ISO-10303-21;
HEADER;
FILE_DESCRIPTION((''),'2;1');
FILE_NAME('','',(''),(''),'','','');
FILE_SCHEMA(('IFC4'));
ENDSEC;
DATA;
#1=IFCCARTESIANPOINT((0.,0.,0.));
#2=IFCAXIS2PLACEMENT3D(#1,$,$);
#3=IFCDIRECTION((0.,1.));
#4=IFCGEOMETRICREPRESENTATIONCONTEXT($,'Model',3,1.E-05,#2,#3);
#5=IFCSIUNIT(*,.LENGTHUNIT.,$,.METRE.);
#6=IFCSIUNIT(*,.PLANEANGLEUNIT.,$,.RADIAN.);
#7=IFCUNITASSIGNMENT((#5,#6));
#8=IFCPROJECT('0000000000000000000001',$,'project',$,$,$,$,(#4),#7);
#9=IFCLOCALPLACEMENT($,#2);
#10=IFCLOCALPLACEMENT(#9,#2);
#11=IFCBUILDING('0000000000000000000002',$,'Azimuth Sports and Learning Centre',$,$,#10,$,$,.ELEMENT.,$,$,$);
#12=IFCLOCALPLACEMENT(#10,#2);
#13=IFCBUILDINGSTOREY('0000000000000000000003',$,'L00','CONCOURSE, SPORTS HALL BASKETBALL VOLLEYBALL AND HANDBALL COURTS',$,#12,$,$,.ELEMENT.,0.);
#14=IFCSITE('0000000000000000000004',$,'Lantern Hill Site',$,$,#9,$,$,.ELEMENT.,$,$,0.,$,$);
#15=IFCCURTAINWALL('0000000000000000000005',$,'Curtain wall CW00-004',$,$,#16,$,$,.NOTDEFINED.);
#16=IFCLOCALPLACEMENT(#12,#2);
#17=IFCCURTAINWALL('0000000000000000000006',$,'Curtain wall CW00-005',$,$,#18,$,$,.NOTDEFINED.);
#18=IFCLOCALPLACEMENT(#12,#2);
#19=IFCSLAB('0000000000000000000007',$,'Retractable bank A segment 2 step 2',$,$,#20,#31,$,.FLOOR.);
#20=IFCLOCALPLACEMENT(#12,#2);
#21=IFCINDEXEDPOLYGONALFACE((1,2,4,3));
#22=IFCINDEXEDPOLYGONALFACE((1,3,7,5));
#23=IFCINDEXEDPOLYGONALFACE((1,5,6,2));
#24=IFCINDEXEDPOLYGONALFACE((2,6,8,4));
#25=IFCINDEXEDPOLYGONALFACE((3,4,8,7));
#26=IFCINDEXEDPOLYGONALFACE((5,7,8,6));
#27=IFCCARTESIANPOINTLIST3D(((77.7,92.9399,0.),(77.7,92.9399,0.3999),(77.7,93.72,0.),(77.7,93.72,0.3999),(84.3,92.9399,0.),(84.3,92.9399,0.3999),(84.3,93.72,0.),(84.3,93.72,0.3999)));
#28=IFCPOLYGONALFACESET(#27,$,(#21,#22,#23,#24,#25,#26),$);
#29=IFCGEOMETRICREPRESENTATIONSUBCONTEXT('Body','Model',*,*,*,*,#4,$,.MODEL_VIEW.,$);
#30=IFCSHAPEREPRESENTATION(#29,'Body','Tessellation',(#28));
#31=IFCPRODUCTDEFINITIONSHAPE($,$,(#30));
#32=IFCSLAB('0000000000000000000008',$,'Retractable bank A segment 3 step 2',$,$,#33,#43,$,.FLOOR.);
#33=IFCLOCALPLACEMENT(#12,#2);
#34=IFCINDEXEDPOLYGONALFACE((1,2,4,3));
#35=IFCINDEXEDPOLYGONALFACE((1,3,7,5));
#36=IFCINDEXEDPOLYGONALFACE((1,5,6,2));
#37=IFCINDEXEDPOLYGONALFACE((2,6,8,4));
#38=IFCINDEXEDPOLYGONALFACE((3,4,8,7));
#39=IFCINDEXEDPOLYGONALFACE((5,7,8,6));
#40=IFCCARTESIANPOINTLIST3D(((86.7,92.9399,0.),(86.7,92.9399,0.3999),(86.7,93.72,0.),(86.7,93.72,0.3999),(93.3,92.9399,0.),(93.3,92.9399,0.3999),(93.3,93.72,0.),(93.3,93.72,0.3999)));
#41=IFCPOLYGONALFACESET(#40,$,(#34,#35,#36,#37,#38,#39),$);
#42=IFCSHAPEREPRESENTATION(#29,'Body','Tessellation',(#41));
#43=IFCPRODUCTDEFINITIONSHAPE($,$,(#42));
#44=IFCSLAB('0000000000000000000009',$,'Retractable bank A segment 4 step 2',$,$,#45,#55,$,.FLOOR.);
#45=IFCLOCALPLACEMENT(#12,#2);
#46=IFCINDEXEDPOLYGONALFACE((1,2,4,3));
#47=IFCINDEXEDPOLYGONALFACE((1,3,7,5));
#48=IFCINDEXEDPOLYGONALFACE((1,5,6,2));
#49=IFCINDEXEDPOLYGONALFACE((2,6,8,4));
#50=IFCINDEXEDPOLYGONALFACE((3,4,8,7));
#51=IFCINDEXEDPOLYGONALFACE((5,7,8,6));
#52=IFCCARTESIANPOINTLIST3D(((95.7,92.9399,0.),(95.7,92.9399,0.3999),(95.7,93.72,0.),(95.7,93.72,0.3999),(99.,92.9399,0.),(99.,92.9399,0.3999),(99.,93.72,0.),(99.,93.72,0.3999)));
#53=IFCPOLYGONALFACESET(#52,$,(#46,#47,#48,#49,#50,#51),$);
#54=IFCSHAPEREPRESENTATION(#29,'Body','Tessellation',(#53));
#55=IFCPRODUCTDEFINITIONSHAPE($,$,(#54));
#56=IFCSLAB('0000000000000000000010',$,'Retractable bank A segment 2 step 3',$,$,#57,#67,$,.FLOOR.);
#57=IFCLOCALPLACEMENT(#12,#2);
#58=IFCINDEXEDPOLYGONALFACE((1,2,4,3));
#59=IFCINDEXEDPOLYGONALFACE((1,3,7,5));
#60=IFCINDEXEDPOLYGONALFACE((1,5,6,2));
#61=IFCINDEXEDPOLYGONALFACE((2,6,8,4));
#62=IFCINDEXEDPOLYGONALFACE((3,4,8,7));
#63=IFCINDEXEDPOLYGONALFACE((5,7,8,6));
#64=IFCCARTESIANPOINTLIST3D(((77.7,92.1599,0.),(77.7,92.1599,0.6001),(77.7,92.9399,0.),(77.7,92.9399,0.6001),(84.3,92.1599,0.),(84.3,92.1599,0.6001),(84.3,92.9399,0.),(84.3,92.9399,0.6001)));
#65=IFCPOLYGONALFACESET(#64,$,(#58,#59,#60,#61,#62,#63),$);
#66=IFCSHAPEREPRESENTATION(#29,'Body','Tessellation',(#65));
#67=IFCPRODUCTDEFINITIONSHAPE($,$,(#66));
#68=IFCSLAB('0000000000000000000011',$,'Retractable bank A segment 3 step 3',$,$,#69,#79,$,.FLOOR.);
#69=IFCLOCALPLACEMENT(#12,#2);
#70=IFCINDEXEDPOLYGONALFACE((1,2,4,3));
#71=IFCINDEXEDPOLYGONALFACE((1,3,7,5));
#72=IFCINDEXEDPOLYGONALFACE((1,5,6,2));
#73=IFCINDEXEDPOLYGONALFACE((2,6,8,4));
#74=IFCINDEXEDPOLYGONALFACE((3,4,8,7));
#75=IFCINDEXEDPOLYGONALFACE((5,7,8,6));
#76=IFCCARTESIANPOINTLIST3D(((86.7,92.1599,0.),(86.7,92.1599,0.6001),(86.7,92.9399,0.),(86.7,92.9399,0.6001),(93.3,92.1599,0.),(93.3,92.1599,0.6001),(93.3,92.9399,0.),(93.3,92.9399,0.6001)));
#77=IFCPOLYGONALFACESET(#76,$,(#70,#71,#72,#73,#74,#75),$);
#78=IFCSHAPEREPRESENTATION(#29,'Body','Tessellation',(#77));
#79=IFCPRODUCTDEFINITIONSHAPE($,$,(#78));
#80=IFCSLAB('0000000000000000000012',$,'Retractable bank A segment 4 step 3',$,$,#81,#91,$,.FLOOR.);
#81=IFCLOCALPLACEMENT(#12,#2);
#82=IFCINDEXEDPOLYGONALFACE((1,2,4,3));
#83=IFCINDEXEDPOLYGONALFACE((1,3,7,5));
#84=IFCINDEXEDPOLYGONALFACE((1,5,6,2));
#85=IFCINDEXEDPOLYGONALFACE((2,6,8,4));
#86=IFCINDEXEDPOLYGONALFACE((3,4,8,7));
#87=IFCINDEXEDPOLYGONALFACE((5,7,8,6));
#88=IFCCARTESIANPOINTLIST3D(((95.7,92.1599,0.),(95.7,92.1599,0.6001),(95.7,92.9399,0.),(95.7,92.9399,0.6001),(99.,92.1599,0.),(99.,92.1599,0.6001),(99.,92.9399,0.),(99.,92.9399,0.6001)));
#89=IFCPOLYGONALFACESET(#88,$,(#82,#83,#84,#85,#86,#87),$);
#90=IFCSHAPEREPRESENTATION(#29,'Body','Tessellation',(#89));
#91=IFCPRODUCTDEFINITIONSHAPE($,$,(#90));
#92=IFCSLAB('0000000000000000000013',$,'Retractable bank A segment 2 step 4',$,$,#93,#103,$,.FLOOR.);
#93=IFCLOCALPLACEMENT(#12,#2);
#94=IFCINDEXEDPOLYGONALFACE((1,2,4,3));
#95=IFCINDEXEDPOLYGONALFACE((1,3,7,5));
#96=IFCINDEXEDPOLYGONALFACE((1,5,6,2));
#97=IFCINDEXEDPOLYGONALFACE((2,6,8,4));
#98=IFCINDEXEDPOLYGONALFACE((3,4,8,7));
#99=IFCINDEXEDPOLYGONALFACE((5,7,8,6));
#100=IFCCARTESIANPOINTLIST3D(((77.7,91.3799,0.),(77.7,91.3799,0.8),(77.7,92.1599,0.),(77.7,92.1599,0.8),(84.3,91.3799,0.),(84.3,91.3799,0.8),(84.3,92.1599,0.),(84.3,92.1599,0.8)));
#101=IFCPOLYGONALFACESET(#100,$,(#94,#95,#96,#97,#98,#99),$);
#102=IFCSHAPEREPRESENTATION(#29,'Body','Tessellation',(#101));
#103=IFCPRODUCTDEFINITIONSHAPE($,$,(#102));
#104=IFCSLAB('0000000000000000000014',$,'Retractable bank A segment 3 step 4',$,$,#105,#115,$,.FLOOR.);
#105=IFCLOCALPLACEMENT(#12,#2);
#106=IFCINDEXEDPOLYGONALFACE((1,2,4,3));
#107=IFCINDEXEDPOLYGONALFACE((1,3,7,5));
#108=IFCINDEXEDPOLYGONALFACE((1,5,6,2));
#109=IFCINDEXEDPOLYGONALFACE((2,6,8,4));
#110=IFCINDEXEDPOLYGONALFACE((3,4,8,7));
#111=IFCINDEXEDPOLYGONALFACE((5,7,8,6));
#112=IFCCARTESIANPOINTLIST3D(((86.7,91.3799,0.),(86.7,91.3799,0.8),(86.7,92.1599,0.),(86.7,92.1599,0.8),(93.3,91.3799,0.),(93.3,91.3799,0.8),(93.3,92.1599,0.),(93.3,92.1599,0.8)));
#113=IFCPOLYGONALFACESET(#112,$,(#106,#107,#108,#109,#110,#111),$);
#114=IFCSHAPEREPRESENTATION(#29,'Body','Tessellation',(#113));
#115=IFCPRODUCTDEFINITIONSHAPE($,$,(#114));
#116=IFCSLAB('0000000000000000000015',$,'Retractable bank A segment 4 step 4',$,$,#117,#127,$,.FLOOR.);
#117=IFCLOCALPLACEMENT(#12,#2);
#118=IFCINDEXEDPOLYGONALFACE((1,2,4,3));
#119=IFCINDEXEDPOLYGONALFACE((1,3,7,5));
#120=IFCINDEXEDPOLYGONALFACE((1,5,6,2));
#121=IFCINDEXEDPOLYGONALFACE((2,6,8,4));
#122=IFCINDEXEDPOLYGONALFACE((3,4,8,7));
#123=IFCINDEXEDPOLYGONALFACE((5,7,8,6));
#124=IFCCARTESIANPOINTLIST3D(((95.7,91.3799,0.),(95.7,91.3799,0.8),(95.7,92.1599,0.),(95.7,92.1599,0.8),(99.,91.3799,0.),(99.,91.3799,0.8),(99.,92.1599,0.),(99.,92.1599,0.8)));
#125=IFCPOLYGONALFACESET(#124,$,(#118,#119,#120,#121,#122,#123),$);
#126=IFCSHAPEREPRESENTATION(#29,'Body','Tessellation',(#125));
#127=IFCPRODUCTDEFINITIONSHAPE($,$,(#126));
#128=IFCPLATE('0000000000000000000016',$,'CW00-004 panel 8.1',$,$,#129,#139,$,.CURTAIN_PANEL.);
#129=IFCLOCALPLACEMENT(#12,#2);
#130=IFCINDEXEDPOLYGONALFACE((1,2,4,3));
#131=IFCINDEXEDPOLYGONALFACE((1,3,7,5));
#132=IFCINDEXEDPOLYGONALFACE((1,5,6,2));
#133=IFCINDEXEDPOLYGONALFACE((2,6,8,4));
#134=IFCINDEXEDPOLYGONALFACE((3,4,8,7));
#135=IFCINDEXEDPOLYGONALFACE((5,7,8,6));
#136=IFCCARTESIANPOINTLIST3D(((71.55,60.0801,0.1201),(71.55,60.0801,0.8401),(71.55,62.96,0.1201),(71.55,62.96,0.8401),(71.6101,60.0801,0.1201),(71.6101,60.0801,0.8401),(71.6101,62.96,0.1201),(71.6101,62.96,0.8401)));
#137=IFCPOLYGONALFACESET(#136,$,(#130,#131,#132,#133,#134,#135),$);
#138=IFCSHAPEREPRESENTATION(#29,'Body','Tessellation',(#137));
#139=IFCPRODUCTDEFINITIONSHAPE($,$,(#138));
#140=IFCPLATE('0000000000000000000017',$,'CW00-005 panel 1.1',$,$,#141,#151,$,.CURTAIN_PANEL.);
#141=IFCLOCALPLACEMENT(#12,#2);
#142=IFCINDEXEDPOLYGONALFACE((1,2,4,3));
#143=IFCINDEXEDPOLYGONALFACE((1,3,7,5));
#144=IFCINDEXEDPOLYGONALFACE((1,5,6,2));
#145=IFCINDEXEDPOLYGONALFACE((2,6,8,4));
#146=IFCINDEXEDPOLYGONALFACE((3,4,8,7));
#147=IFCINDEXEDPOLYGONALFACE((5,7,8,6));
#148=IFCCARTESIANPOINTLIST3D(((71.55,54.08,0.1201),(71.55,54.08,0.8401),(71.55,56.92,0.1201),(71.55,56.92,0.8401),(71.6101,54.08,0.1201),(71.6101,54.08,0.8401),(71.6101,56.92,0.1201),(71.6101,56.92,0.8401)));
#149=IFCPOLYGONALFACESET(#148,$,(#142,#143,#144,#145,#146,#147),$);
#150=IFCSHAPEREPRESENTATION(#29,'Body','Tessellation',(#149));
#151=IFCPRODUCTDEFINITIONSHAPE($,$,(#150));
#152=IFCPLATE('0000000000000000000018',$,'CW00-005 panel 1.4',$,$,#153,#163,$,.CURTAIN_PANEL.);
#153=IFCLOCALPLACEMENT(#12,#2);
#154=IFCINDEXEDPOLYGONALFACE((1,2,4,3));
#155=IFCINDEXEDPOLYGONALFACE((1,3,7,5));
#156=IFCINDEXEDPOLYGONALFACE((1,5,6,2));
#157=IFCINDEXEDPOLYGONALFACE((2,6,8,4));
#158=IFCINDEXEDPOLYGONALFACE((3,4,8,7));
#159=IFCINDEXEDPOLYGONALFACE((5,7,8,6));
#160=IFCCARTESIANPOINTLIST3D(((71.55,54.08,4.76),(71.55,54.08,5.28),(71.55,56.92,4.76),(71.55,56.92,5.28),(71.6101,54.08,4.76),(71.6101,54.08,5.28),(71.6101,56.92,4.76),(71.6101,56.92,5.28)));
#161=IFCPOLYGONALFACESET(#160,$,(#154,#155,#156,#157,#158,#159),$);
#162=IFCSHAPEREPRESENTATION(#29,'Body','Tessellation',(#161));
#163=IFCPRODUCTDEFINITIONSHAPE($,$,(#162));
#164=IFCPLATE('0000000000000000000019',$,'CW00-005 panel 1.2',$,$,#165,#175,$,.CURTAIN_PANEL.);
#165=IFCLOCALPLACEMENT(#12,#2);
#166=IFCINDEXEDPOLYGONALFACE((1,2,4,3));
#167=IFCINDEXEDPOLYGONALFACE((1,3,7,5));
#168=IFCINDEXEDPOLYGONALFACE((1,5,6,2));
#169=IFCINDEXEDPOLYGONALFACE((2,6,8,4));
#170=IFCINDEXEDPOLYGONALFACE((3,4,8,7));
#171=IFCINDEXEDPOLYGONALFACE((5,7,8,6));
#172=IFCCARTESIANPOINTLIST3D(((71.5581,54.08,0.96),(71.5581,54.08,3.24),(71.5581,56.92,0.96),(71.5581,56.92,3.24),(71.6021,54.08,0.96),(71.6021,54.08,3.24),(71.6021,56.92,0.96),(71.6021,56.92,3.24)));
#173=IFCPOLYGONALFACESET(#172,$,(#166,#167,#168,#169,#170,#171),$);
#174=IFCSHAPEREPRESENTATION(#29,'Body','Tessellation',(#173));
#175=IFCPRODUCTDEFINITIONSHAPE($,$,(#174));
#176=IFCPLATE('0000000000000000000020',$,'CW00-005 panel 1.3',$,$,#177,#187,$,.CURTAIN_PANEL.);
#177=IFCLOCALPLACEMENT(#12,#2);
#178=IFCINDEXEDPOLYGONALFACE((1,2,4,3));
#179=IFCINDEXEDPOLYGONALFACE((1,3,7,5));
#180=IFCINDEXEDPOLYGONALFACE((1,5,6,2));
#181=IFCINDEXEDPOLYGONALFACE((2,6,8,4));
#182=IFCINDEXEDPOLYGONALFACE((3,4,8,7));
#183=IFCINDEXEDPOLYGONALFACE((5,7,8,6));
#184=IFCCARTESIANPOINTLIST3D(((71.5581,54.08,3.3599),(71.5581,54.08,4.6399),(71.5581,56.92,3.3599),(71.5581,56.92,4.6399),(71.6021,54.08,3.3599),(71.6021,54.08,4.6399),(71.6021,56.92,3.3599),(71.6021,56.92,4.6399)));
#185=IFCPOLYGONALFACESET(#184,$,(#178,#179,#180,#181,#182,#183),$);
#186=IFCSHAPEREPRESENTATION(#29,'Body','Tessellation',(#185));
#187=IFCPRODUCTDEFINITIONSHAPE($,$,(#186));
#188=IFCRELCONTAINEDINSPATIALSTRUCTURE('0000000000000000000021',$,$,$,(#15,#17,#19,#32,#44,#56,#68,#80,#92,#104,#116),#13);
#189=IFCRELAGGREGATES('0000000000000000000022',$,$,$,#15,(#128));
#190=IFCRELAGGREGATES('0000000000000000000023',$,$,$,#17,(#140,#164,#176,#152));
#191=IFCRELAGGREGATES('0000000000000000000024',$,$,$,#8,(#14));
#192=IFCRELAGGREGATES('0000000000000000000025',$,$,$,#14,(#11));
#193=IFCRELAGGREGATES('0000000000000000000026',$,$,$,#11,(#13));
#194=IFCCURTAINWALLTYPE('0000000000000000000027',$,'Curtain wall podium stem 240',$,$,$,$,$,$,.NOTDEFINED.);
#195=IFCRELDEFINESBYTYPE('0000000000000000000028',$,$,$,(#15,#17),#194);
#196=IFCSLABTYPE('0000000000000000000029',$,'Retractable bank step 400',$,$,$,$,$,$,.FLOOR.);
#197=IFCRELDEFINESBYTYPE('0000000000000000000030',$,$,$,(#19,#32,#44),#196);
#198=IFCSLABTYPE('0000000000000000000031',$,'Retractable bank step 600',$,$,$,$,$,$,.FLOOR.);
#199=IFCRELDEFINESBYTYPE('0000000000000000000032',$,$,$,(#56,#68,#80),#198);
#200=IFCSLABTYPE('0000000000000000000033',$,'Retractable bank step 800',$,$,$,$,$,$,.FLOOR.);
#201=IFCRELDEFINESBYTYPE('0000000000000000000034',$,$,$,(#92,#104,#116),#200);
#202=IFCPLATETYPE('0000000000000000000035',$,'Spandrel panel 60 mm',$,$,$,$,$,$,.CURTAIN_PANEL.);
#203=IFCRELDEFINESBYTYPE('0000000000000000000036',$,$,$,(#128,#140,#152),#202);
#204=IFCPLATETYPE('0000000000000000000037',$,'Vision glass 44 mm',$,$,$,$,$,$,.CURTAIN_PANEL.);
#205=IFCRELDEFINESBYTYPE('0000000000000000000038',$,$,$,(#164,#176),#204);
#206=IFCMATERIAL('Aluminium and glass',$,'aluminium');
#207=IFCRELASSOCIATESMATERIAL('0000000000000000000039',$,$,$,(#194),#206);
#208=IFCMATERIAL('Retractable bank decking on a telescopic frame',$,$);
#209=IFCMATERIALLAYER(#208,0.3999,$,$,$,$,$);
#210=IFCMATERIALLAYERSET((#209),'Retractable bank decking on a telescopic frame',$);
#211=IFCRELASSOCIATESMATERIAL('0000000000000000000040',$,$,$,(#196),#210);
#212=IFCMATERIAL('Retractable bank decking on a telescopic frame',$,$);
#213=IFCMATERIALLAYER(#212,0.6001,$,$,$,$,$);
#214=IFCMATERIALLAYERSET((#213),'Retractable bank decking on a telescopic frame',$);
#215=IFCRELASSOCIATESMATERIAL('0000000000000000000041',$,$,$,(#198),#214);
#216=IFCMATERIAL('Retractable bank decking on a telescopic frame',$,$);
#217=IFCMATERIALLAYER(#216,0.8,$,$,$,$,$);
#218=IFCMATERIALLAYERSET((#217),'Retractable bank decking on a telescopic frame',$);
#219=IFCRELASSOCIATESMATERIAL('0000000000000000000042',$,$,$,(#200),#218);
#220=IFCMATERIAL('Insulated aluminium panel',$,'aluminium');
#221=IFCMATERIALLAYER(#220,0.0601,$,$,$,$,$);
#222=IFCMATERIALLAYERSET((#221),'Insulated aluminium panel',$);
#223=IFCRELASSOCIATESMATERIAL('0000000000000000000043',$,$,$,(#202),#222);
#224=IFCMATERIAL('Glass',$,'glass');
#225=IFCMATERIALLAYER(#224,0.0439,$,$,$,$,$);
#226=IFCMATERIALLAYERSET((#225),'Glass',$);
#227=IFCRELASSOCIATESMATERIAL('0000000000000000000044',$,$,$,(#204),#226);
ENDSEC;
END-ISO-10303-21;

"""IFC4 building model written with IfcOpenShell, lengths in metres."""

from ifc_helpers import new_model, si_unit, direction, frame, origin, origin_2d, place, context, subcontext, project, spatial, polyline, rectangle, outline, extrude, material, layer, layer_set, type_object, element, aggregate, save


model = new_model("IFC4")

# Units and contexts
model_context = context("Model", 3, precision=1e-05, world=origin(), true_north=direction((0.0, 1.0)))
body_context = subcontext(model_context, "Body", "Model", "MODEL_VIEW")
ifc_project = project(units=[si_unit("LENGTHUNIT", "METRE"), si_unit("PLANEANGLEUNIT", "RADIAN")], contexts=[model_context])

# Site, building, storey
site_placement = place(None, origin())
site = spatial("IfcSite", under=ifc_project, at=site_placement, Name="Lantern Hill Site", CompositionType="ELEMENT", RefElevation=0.0)
building_placement = place(site_placement, origin())
building = spatial("IfcBuilding", under=site, at=building_placement, Name="Azimuth Sports and Learning Centre", CompositionType="ELEMENT")
storey_placement = place(building_placement, origin())
storey = spatial("IfcBuildingStorey", under=building, at=storey_placement, Name="L00", Description="CONCOURSE, SPORTS HALL BASKETBALL VOLLEYBALL AND HANDBALL COURTS", CompositionType="ELEMENT", Elevation=0.0)

# Curtain wall
ifc_material_1 = material(Name="Aluminium and glass", Category="aluminium")
curtain_wall_type = type_object("IfcCurtainWallType", Name="Curtain wall podium stem 240", PredefinedType="NOTDEFINED", material=ifc_material_1)
curtain_wall_1_placement = place(storey_placement, origin())
curtain_wall_1 = element("IfcCurtainWall", 1, at=curtain_wall_1_placement, inside=storey, type_object=curtain_wall_type, Name="Curtain wall CW00-004", PredefinedType="NOTDEFINED")

# Curtain wall
curtain_wall_2_placement = place(storey_placement, origin())
curtain_wall_2 = element("IfcCurtainWall", 2, at=curtain_wall_2_placement, inside=storey, type_object=curtain_wall_type, Name="Curtain wall CW00-005", PredefinedType="NOTDEFINED")

# Slabs
ifc_material_2 = material(Name="Retractable bank decking on a telescopic frame")
ifc_layer_1 = layer(ifc_material_2, 0.3999)
ifc_layer_set_1 = layer_set([ifc_layer_1], Name="Retractable bank decking on a telescopic frame")
slab_type_1 = type_object("IfcSlabType", Name="Retractable bank step 400", PredefinedType="FLOOR", material=ifc_layer_set_1)
slab_1_placement = place(storey_placement, origin())
element("IfcSlab", 3, at=slab_1_placement, inside=storey, type_object=slab_type_1, Name="Retractable bank A segment 2 step 2", PredefinedType="FLOOR", context=body_context, shape_type="SweptSolid", body=[
    extrude(outline(polyline([(77.7, 92.9399), (84.3, 92.9399), (84.3, 93.72), (77.7, 93.72), (77.7, 92.9399)])), origin(), (0.0, 0.0, 1.0), 0.3999),
])
slab_2_placement = place(storey_placement, origin())
element("IfcSlab", 4, at=slab_2_placement, inside=storey, type_object=slab_type_1, Name="Retractable bank A segment 3 step 2", PredefinedType="FLOOR", context=body_context, shape_type="SweptSolid", body=[
    extrude(outline(polyline([(86.7, 92.9399), (93.3, 92.9399), (93.3, 93.72), (86.7, 93.72), (86.7, 92.9399)])), origin(), (0.0, 0.0, 1.0), 0.3999),
])
slab_3_placement = place(storey_placement, origin())
element("IfcSlab", 5, at=slab_3_placement, inside=storey, type_object=slab_type_1, Name="Retractable bank A segment 4 step 2", PredefinedType="FLOOR", context=body_context, shape_type="SweptSolid", body=[
    extrude(outline(polyline([(95.7, 92.9399), (99.0, 92.9399), (99.0, 93.72), (95.7, 93.72), (95.7, 92.9399)])), origin(), (0.0, 0.0, 1.0), 0.3999),
])
ifc_material_3 = material(Name="Retractable bank decking on a telescopic frame")
ifc_layer_2 = layer(ifc_material_3, 0.6001)
ifc_layer_set_2 = layer_set([ifc_layer_2], Name="Retractable bank decking on a telescopic frame")
slab_type_2 = type_object("IfcSlabType", Name="Retractable bank step 600", PredefinedType="FLOOR", material=ifc_layer_set_2)
slab_4_placement = place(storey_placement, origin())
element("IfcSlab", 6, at=slab_4_placement, inside=storey, type_object=slab_type_2, Name="Retractable bank A segment 2 step 3", PredefinedType="FLOOR", context=body_context, shape_type="SweptSolid", body=[
    extrude(outline(polyline([(77.7, 92.1599), (84.3, 92.1599), (84.3, 92.9399), (77.7, 92.9399), (77.7, 92.1599)])), origin(), (0.0, 0.0, 1.0), 0.6001),
])
slab_5_placement = place(storey_placement, origin())
element("IfcSlab", 7, at=slab_5_placement, inside=storey, type_object=slab_type_2, Name="Retractable bank A segment 3 step 3", PredefinedType="FLOOR", context=body_context, shape_type="SweptSolid", body=[
    extrude(outline(polyline([(86.7, 92.1599), (93.3, 92.1599), (93.3, 92.9399), (86.7, 92.9399), (86.7, 92.1599)])), origin(), (0.0, 0.0, 1.0), 0.6001),
])
slab_6_placement = place(storey_placement, origin())
element("IfcSlab", 8, at=slab_6_placement, inside=storey, type_object=slab_type_2, Name="Retractable bank A segment 4 step 3", PredefinedType="FLOOR", context=body_context, shape_type="SweptSolid", body=[
    extrude(outline(polyline([(95.7, 92.1599), (99.0, 92.1599), (99.0, 92.9399), (95.7, 92.9399), (95.7, 92.1599)])), origin(), (0.0, 0.0, 1.0), 0.6001),
])
ifc_material_4 = material(Name="Retractable bank decking on a telescopic frame")
ifc_layer_3 = layer(ifc_material_4, 0.8)
ifc_layer_set_3 = layer_set([ifc_layer_3], Name="Retractable bank decking on a telescopic frame")
slab_type_3 = type_object("IfcSlabType", Name="Retractable bank step 800", PredefinedType="FLOOR", material=ifc_layer_set_3)
slab_7_placement = place(storey_placement, origin())
element("IfcSlab", 9, at=slab_7_placement, inside=storey, type_object=slab_type_3, Name="Retractable bank A segment 2 step 4", PredefinedType="FLOOR", context=body_context, shape_type="SweptSolid", body=[
    extrude(outline(polyline([(77.7, 91.3799), (84.3, 91.3799), (84.3, 92.1599), (77.7, 92.1599), (77.7, 91.3799)])), origin(), (0.0, 0.0, 1.0), 0.8),
])
slab_8_placement = place(storey_placement, origin())
element("IfcSlab", 10, at=slab_8_placement, inside=storey, type_object=slab_type_3, Name="Retractable bank A segment 3 step 4", PredefinedType="FLOOR", context=body_context, shape_type="SweptSolid", body=[
    extrude(outline(polyline([(86.7, 91.3799), (93.3, 91.3799), (93.3, 92.1599), (86.7, 92.1599), (86.7, 91.3799)])), origin(), (0.0, 0.0, 1.0), 0.8),
])
slab_9_placement = place(storey_placement, origin())
element("IfcSlab", 11, at=slab_9_placement, inside=storey, type_object=slab_type_3, Name="Retractable bank A segment 4 step 4", PredefinedType="FLOOR", context=body_context, shape_type="SweptSolid", body=[
    extrude(outline(polyline([(95.7, 91.3799), (99.0, 91.3799), (99.0, 92.1599), (95.7, 92.1599), (95.7, 91.3799)])), origin(), (0.0, 0.0, 1.0), 0.8),
])

# Plates
ifc_material_5 = material(Name="Insulated aluminium panel", Category="aluminium")
ifc_layer_4 = layer(ifc_material_5, 0.0601)
ifc_layer_set_4 = layer_set([ifc_layer_4], Name="Insulated aluminium panel")
plate_type_1 = type_object("IfcPlateType", Name="Spandrel panel 60 mm", PredefinedType="CURTAIN_PANEL", material=ifc_layer_set_4)
plate_1_placement = place(storey_placement, frame((71.5801, 61.52, 0.1201), z_axis=(0.0, 0.0, 1.0), x_axis=(0.0, -1.0, 0.0)))
plate_1 = element("IfcPlate", 12, at=plate_1_placement, type_object=plate_type_1, Name="CW00-004 panel 8.1", PredefinedType="CURTAIN_PANEL", context=body_context, shape_type="SweptSolid", body=[
    extrude(rectangle(XDim=2.8799, YDim=0.0601, at=origin_2d()), origin(), (0.0, 0.0, 1.0), 0.72),
])
aggregate(curtain_wall_1, [plate_1])
plate_2_placement = place(storey_placement, frame((71.5801, 55.5, 0.1201), z_axis=(0.0, 0.0, 1.0), x_axis=(0.0, -1.0, 0.0)))
plate_2 = element("IfcPlate", 13, at=plate_2_placement, type_object=plate_type_1, Name="CW00-005 panel 1.1", PredefinedType="CURTAIN_PANEL", context=body_context, shape_type="SweptSolid", body=[
    extrude(rectangle(XDim=2.8401, YDim=0.0601, at=origin_2d()), origin(), (0.0, 0.0, 1.0), 0.72),
])
plate_3_placement = place(storey_placement, frame((71.5801, 55.5, 4.76), z_axis=(0.0, 0.0, 1.0), x_axis=(0.0, -1.0, 0.0)))
plate_3 = element("IfcPlate", 14, at=plate_3_placement, type_object=plate_type_1, Name="CW00-005 panel 1.4", PredefinedType="CURTAIN_PANEL", context=body_context, shape_type="SweptSolid", body=[
    extrude(rectangle(XDim=2.8401, YDim=0.0601, at=origin_2d()), origin(), (0.0, 0.0, 1.0), 0.52),
])
ifc_material_6 = material(Name="Glass", Category="glass")
ifc_layer_5 = layer(ifc_material_6, 0.0439)
ifc_layer_set_5 = layer_set([ifc_layer_5], Name="Glass")
plate_type_2 = type_object("IfcPlateType", Name="Vision glass 44 mm", PredefinedType="CURTAIN_PANEL", material=ifc_layer_set_5)
plate_4_placement = place(storey_placement, frame((71.5801, 55.5, 0.96), z_axis=(0.0, 0.0, 1.0), x_axis=(0.0, -1.0, 0.0)))
plate_4 = element("IfcPlate", 15, at=plate_4_placement, type_object=plate_type_2, Name="CW00-005 panel 1.2", PredefinedType="CURTAIN_PANEL", context=body_context, shape_type="SweptSolid", body=[
    extrude(rectangle(XDim=2.8401, YDim=0.0439, at=origin_2d()), origin(), (0.0, 0.0, 1.0), 2.28),
])
plate_5_placement = place(storey_placement, frame((71.5801, 55.5, 3.3599), z_axis=(0.0, 0.0, 1.0), x_axis=(0.0, -1.0, 0.0)))
plate_5 = element("IfcPlate", 16, at=plate_5_placement, type_object=plate_type_2, Name="CW00-005 panel 1.3", PredefinedType="CURTAIN_PANEL", context=body_context, shape_type="SweptSolid", body=[
    extrude(rectangle(XDim=2.8401, YDim=0.0439, at=origin_2d()), origin(), (0.0, 0.0, 1.0), 1.28),
])
aggregate(curtain_wall_2, [plate_2, plate_4, plate_5, plate_3])

save(model, "model.ifc")
